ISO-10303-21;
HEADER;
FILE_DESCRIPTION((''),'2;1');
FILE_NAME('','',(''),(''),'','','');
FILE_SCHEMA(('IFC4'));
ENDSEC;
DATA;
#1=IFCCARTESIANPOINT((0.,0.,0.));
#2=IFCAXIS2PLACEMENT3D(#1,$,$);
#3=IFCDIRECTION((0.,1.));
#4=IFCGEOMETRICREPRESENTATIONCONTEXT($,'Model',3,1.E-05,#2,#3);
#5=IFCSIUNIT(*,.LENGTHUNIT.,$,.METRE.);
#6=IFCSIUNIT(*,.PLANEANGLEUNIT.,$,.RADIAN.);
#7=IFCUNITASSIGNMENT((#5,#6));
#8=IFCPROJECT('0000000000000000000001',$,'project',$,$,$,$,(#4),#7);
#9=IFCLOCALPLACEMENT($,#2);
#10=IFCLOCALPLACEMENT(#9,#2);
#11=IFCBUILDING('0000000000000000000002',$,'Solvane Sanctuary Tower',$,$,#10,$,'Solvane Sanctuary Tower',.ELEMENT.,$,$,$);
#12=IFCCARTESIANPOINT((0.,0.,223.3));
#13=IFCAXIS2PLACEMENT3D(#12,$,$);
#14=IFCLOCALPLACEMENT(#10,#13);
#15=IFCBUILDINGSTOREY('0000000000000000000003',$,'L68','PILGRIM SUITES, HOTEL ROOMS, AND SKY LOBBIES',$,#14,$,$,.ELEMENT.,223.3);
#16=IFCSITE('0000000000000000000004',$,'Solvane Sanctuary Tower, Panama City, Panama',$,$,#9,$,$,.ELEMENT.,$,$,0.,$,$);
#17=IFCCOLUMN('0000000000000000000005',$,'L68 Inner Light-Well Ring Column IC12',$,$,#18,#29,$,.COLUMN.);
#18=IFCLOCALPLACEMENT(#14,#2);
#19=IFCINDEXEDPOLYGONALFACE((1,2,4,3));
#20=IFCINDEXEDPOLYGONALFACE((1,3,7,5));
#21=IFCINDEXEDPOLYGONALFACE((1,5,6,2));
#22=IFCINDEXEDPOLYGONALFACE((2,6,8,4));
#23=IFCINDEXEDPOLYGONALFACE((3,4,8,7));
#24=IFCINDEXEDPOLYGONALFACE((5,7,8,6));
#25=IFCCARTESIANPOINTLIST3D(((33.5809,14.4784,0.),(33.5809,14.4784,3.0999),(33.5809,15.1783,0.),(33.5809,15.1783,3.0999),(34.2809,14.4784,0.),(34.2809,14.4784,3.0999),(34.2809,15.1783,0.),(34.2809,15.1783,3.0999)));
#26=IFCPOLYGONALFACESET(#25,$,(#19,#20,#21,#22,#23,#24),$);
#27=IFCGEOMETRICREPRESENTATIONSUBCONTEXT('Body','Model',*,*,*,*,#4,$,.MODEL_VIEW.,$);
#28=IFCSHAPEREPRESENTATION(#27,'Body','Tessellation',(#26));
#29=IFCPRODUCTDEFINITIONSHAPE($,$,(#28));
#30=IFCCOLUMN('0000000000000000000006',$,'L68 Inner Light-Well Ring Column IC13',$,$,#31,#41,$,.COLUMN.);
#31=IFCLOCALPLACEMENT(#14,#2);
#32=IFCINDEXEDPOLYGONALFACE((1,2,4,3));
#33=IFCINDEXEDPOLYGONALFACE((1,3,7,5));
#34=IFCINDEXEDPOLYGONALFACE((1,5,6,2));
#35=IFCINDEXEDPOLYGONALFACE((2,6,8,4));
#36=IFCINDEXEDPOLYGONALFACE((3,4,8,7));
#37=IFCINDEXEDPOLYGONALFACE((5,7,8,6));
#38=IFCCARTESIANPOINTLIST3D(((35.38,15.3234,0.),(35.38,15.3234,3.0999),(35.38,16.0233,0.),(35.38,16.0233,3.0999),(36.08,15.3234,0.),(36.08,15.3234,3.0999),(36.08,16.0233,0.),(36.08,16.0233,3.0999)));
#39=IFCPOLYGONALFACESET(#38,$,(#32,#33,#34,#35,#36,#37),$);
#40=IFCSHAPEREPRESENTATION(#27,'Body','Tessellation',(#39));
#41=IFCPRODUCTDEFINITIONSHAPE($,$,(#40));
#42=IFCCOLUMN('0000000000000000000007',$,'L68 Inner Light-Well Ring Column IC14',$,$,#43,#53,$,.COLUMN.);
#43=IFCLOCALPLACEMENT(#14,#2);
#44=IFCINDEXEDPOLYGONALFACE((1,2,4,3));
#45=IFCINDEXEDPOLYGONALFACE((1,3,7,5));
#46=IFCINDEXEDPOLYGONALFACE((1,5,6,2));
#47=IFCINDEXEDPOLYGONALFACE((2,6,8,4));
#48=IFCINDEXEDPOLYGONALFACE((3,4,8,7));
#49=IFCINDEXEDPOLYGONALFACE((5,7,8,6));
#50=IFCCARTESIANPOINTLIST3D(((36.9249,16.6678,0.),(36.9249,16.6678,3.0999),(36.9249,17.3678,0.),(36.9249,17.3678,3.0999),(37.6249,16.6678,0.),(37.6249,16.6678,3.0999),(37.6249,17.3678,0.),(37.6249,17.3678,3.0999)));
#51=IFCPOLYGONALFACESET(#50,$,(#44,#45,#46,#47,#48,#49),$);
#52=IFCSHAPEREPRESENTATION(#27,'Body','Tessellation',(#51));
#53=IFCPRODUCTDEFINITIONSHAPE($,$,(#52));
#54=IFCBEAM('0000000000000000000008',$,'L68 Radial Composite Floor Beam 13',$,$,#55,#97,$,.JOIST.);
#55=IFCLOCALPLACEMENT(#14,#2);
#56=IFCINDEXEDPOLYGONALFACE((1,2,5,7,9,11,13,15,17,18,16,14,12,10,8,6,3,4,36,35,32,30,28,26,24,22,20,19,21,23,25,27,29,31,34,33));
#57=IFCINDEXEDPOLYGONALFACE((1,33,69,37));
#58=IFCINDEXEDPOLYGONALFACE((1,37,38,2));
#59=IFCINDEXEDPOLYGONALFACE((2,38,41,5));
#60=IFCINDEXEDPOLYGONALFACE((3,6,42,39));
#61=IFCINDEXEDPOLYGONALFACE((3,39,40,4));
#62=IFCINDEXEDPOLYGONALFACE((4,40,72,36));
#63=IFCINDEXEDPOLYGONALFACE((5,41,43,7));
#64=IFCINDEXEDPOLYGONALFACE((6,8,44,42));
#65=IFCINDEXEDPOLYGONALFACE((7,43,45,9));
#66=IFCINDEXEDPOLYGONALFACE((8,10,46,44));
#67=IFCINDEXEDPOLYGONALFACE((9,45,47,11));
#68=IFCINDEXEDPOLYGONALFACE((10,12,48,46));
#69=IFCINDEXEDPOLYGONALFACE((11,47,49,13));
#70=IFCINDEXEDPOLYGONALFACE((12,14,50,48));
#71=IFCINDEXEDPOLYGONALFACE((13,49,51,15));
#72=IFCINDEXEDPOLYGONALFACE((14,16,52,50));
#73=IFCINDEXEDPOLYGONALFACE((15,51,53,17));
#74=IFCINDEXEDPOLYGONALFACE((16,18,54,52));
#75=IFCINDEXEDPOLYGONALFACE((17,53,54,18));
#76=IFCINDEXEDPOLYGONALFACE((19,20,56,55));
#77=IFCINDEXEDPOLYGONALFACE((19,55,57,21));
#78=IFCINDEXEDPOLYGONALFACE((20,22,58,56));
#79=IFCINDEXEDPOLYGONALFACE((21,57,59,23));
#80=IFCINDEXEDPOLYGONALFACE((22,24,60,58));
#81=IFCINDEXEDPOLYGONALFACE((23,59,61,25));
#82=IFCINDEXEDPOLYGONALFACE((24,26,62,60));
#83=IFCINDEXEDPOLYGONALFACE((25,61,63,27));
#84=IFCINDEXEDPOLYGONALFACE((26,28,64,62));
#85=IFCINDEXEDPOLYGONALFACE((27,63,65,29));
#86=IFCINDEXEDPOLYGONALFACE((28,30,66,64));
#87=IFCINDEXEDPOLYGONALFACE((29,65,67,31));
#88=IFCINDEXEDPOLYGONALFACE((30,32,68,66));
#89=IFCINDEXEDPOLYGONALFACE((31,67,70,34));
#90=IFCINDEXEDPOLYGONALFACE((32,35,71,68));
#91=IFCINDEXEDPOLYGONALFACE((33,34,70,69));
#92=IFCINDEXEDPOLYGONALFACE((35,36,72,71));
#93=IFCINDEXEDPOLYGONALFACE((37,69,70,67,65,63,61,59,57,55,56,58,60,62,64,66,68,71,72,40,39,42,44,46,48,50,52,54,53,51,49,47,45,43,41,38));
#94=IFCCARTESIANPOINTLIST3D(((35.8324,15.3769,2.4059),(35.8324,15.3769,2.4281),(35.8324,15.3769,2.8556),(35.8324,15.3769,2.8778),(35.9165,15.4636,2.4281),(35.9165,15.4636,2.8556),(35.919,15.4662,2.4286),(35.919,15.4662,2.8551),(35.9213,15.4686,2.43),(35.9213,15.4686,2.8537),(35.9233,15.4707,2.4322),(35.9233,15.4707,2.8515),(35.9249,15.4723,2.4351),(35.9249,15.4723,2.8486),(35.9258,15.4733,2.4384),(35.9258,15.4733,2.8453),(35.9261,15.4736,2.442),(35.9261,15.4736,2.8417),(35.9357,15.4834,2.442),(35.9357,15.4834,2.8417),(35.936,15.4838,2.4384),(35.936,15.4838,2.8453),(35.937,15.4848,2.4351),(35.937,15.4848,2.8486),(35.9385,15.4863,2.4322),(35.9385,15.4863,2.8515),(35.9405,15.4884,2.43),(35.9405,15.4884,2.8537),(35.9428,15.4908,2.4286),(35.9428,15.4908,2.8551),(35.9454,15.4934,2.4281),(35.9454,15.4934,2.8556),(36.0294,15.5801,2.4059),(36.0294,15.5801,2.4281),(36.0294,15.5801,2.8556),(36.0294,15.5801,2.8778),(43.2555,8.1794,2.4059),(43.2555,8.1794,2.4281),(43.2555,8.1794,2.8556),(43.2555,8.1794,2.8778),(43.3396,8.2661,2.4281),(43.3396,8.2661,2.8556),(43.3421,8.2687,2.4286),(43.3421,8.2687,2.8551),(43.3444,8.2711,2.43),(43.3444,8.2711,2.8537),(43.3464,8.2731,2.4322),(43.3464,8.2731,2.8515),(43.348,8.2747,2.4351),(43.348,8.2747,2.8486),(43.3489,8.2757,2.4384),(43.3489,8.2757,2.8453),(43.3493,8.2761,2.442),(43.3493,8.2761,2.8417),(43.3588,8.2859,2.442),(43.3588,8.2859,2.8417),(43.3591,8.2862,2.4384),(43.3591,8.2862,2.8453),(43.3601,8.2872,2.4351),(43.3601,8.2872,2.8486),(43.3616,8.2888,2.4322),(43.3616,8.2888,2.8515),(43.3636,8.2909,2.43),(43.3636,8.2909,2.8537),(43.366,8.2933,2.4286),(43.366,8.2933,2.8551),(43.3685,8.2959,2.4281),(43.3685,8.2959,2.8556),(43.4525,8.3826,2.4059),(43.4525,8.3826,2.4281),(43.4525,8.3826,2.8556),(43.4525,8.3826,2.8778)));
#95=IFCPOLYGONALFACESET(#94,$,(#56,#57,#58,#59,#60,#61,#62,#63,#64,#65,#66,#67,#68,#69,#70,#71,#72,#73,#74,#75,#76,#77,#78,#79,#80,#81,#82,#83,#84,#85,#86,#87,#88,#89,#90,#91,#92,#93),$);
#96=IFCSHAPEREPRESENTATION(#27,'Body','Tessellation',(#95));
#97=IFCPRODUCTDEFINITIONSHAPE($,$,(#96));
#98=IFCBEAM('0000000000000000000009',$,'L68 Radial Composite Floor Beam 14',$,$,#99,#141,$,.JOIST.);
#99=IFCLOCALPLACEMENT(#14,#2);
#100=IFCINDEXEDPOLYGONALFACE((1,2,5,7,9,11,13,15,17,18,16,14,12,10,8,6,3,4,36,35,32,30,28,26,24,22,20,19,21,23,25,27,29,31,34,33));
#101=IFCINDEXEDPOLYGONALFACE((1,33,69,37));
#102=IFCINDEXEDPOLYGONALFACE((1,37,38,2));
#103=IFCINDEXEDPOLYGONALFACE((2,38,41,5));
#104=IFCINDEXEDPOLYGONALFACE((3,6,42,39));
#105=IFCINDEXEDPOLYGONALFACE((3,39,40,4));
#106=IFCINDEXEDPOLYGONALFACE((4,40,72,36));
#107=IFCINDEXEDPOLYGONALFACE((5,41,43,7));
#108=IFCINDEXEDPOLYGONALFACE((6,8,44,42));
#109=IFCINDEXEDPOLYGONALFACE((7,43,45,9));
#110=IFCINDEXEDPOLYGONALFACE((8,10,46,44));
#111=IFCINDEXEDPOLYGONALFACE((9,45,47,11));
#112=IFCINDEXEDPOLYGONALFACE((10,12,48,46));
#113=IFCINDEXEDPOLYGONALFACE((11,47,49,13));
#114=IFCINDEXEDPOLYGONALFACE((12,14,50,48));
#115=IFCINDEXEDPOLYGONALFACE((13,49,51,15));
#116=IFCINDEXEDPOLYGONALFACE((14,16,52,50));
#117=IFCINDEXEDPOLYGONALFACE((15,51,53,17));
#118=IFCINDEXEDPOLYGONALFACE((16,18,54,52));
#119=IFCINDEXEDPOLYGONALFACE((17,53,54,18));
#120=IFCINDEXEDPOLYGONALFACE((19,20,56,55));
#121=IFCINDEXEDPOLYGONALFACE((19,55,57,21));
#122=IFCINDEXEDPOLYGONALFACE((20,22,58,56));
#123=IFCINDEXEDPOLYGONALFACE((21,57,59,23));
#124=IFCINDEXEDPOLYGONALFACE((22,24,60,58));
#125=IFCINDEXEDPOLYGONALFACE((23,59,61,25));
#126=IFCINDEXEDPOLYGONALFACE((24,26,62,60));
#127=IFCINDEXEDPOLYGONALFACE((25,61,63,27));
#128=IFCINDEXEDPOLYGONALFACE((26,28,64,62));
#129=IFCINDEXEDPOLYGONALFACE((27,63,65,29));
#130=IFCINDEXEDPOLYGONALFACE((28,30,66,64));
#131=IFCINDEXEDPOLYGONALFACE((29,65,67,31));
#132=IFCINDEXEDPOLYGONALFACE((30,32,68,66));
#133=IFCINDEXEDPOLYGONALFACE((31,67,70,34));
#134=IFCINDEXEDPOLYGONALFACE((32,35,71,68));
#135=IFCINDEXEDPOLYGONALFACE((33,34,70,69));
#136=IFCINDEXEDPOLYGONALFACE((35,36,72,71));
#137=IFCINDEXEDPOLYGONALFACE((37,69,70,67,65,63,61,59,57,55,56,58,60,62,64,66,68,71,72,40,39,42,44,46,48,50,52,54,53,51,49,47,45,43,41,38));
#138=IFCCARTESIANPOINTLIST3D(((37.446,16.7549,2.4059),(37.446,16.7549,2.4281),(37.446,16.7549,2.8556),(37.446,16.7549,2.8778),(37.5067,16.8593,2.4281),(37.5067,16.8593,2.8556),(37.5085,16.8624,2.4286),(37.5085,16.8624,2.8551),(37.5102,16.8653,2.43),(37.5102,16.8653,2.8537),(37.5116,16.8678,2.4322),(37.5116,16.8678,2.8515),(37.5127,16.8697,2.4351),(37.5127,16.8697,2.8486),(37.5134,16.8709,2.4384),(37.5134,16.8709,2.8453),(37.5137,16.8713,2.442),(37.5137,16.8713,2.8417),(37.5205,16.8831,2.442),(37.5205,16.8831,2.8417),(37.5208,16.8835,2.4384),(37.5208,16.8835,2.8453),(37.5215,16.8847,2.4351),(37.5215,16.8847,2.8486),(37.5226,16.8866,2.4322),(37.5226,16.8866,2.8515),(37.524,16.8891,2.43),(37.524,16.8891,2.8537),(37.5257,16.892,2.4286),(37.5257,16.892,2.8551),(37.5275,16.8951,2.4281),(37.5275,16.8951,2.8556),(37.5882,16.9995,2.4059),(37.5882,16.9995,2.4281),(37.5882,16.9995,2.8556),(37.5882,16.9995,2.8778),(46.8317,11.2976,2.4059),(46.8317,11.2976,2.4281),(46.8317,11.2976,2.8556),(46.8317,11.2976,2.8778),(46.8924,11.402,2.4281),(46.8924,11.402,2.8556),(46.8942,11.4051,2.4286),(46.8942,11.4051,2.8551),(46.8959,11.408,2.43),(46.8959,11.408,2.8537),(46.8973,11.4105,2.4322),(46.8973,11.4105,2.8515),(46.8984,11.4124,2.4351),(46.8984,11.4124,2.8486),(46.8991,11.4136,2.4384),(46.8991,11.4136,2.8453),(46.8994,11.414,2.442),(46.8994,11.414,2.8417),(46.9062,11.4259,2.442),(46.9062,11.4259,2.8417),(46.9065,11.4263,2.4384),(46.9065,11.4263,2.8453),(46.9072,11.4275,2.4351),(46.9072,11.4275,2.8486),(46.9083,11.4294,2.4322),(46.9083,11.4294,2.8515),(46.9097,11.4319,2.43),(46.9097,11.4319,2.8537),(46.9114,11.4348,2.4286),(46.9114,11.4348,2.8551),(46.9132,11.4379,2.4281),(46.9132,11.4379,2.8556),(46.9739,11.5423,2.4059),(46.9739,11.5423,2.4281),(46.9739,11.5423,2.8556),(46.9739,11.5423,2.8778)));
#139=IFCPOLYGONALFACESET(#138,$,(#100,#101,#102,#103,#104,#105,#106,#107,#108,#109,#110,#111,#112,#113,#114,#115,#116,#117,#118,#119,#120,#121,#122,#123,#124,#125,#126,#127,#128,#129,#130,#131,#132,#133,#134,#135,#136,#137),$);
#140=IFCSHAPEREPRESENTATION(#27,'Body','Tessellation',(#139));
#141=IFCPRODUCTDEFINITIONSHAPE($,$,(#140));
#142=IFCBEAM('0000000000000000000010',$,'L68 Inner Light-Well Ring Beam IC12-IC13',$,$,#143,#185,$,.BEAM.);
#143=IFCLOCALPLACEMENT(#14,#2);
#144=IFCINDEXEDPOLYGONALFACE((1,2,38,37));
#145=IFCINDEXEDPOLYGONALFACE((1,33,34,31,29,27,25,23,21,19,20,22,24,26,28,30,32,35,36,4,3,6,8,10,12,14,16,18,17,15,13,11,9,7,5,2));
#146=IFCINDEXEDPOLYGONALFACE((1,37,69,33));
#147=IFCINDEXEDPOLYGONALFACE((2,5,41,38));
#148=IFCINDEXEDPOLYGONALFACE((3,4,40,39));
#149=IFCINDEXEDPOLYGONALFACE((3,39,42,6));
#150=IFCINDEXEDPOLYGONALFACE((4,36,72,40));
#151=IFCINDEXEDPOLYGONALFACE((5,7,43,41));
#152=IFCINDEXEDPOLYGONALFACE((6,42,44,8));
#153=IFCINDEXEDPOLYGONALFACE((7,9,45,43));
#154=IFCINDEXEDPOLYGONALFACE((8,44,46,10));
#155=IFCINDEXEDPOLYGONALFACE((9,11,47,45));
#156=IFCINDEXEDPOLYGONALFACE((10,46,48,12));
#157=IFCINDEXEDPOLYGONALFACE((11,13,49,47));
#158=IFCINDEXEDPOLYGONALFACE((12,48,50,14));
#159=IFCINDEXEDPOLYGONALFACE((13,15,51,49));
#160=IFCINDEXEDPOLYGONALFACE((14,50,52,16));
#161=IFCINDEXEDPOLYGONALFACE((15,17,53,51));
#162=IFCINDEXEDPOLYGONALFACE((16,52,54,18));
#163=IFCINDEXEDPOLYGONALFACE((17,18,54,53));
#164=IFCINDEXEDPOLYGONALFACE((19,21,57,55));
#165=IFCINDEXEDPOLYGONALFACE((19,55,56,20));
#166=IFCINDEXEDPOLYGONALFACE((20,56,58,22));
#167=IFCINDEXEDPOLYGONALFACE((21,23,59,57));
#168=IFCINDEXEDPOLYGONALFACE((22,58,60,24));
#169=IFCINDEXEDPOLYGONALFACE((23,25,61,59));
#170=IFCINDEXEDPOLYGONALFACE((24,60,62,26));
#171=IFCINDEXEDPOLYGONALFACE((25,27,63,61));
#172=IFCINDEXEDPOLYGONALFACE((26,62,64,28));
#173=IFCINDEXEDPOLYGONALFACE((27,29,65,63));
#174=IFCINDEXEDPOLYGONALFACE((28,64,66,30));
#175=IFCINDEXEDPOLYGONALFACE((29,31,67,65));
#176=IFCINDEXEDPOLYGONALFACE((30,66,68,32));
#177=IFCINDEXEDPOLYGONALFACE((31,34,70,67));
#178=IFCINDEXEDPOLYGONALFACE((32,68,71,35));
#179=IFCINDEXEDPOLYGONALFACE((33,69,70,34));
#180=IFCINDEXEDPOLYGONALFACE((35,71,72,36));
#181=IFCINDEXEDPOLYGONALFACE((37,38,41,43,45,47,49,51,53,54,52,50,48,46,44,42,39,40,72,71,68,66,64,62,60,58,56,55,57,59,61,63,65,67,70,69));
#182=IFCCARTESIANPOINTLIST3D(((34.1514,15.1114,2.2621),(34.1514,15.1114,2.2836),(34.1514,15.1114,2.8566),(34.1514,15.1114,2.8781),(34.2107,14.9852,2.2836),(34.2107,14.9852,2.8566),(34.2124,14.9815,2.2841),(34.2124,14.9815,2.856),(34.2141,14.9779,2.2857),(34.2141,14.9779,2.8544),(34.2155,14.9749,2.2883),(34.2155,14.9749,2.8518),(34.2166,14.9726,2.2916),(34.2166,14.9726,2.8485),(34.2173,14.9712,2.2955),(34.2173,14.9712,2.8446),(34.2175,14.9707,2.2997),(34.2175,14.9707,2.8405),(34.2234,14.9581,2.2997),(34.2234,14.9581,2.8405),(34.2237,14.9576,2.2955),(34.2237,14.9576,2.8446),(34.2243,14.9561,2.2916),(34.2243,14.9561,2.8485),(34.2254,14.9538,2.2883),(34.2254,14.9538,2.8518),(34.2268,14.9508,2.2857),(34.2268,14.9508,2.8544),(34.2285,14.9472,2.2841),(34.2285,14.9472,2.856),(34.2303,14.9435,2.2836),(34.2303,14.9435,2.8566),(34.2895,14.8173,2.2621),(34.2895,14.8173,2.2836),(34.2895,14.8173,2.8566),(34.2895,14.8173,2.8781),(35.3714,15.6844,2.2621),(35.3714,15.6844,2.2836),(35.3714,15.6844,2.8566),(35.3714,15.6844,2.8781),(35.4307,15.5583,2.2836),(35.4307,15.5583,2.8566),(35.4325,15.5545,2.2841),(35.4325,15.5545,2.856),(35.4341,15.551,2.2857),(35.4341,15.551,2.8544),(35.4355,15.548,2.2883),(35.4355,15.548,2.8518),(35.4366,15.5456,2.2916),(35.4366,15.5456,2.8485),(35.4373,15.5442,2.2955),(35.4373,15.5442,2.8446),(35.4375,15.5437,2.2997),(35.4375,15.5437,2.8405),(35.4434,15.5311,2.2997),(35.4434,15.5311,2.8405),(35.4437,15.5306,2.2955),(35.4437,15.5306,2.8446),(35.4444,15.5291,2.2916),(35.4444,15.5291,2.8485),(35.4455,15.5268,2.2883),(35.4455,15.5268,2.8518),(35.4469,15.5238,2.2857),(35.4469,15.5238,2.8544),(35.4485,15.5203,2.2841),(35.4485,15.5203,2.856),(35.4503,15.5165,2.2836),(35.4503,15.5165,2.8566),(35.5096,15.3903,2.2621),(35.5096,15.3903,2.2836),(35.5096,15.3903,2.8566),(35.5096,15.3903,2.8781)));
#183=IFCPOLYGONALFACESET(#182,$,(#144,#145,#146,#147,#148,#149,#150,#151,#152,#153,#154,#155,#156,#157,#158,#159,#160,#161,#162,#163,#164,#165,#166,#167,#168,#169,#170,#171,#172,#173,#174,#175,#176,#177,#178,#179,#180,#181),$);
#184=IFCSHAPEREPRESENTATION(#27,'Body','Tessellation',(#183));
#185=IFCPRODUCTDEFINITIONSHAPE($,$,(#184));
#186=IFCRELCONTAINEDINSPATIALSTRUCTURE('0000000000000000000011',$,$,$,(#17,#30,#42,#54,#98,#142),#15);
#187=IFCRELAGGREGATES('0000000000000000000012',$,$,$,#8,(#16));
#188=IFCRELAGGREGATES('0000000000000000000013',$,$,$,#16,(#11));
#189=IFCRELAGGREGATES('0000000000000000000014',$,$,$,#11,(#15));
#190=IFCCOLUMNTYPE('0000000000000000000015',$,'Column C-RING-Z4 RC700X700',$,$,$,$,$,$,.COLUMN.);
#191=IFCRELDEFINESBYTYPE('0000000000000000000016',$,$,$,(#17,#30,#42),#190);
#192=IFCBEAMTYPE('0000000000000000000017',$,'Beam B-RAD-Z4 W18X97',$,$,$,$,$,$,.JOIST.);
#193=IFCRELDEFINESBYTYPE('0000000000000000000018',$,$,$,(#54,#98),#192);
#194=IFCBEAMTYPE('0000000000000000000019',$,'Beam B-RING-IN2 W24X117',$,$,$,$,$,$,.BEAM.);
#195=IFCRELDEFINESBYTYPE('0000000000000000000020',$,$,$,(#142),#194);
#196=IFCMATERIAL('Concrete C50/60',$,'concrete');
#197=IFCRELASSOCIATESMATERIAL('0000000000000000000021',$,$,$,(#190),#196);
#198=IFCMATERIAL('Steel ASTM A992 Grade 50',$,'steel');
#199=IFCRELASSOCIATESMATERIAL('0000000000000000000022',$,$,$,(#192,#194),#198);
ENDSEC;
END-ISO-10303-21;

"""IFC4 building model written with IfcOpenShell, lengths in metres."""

from ifc_helpers import new_model, si_unit, direction, frame, origin, origin_2d, place, context, subcontext, project, spatial, rectangle, i_section, extrude, material, material_profile, profile_set, type_object, element, save


model = new_model("IFC4")

# Units and contexts
model_context = context("Model", 3, precision=1e-05, world=origin(), true_north=direction((0.0, 1.0)))
body_context = subcontext(model_context, "Body", "Model", "MODEL_VIEW")
ifc_project = project(units=[si_unit("LENGTHUNIT", "METRE"), si_unit("PLANEANGLEUNIT", "RADIAN")], contexts=[model_context])

# Site, building, storey
site_placement = place(None, origin())
site = spatial("IfcSite", under=ifc_project, at=site_placement, Name="Solvane Sanctuary Tower, Panama City, Panama", CompositionType="ELEMENT", RefElevation=0.0)
building_placement = place(site_placement, origin())
building = spatial("IfcBuilding", under=site, at=building_placement, Name="Solvane Sanctuary Tower", LongName="Solvane Sanctuary Tower", CompositionType="ELEMENT")
storey_placement = place(building_placement, frame((0.0, 0.0, 223.3)))
storey = spatial("IfcBuildingStorey", under=building, at=storey_placement, Name="L68", Description="PILGRIM SUITES, HOTEL ROOMS, AND SKY LOBBIES", CompositionType="ELEMENT", Elevation=223.3)

# Columns
ifc_material_1 = material(Name="Concrete C50/60", Category="concrete")
ifc_material_profile_1 = material_profile(ifc_material_1, rectangle(XDim=0.7, YDim=0.7, at=origin_2d()), Name="RC700X700")
ifc_profile_set_1 = profile_set([ifc_material_profile_1], Name="Concrete C50/60")
column_type = type_object("IfcColumnType", Name="Column C-RING-Z4 RC700X700", PredefinedType="COLUMN", material=ifc_profile_set_1)
for number, where, z_axis, x_axis, name in (
    (1, (33.9309, 14.8284, 0.0), (0.0, 0.0, 1.0), (1.0, 0.0, 0.0), "L68 Inner Light-Well Ring Column IC12"),
    (2, (35.73, 15.6733, 0.0), (0.0, 0.0, 1.0), (1.0, 0.0, 0.0), "L68 Inner Light-Well Ring Column IC13"),
    (3, (37.2749, 17.0178, 0.0), (0.0, 0.0, 1.0), (1.0, 0.0, 0.0), "L68 Inner Light-Well Ring Column IC14"),
):
    element("IfcColumn", number, at=place(storey_placement, frame(where, z_axis=z_axis, x_axis=x_axis)), inside=storey, type_object=column_type, Name=name, PredefinedType="COLUMN", context=body_context, shape_type="SweptSolid", body=[
        extrude(rectangle(XDim=0.7, YDim=0.7, at=origin_2d()), origin(), (0.0, 0.0, 1.0), 3.0999),
    ])

# Beams
ifc_material_2 = material(Name="Steel ASTM A992 Grade 50", Category="steel")
ifc_material_profile_2 = material_profile(ifc_material_2, i_section(OverallWidth=0.283, OverallDepth=0.4719, WebThickness=0.0137, FlangeThickness=0.0222, FilletRadius=0.0139, at=origin_2d()), Name="W18X97")
ifc_profile_set_2 = profile_set([ifc_material_profile_2], Name="Steel ASTM A992 Grade 50")
beam_type_1 = type_object("IfcBeamType", Name="Beam B-RAD-Z4 W18X97", PredefinedType="JOIST", material=ifc_profile_set_2)
beam_1_placement = place(storey_placement, frame((35.9309, 15.4785, 2.6418), z_axis=(0.717932, -0.696114, 0.0), x_axis=(0.696114, 0.717932, 0.0)))
element("IfcBeam", 4, at=beam_1_placement, inside=storey, type_object=beam_type_1, Name="L68 Radial Composite Floor Beam 13", PredefinedType="JOIST", context=body_context, shape_type="SweptSolid", body=[
    extrude(i_section(OverallWidth=0.283, OverallDepth=0.4719, WebThickness=0.0137, FlangeThickness=0.0222, FilletRadius=0.0139, at=origin_2d()), origin(), (0.0, 0.0, 1.0), 10.3396),
])
beam_2_placement = place(storey_placement, frame((37.5171, 16.8772, 2.6418), z_axis=(0.864489, -0.502651, 0.0), x_axis=(0.502651, 0.864489, 0.0)))
element("IfcBeam", 5, at=beam_2_placement, inside=storey, type_object=beam_type_1, Name="L68 Radial Composite Floor Beam 14", PredefinedType="JOIST", context=body_context, shape_type="SweptSolid", body=[
    extrude(i_section(OverallWidth=0.283, OverallDepth=0.4719, WebThickness=0.0137, FlangeThickness=0.0222, FilletRadius=0.0139, at=origin_2d()), origin(), (0.0, 0.0, 1.0), 10.8569),
])
ifc_material_profile_3 = material_profile(ifc_material_2, i_section(OverallWidth=0.325, OverallDepth=0.616, WebThickness=0.0139, FlangeThickness=0.0215, FilletRadius=0.0161, at=origin_2d()), Name="W24X117")
ifc_profile_set_3 = profile_set([ifc_material_profile_3], Name="Steel ASTM A992 Grade 50")
beam_type_2 = type_object("IfcBeamType", Name="Beam B-RING-IN2 W24X117", PredefinedType="BEAM", material=ifc_profile_set_3)
beam_3_placement = place(storey_placement, frame((34.2205, 14.9644, 2.5701), z_axis=(0.905135, 0.425125, 0.0), x_axis=(-0.425125, 0.905135, 0.0)))
element("IfcBeam", 6, at=beam_3_placement, inside=storey, type_object=beam_type_2, Name="L68 Inner Light-Well Ring Beam IC12-IC13", PredefinedType="BEAM", context=body_context, shape_type="SweptSolid", body=[
    extrude(i_section(OverallWidth=0.325, OverallDepth=0.616, WebThickness=0.0139, FlangeThickness=0.0215, FilletRadius=0.0161, at=origin_2d()), origin(), (0.0, 0.0, 1.0), 1.3479),
])

save(model, "model.ifc")
